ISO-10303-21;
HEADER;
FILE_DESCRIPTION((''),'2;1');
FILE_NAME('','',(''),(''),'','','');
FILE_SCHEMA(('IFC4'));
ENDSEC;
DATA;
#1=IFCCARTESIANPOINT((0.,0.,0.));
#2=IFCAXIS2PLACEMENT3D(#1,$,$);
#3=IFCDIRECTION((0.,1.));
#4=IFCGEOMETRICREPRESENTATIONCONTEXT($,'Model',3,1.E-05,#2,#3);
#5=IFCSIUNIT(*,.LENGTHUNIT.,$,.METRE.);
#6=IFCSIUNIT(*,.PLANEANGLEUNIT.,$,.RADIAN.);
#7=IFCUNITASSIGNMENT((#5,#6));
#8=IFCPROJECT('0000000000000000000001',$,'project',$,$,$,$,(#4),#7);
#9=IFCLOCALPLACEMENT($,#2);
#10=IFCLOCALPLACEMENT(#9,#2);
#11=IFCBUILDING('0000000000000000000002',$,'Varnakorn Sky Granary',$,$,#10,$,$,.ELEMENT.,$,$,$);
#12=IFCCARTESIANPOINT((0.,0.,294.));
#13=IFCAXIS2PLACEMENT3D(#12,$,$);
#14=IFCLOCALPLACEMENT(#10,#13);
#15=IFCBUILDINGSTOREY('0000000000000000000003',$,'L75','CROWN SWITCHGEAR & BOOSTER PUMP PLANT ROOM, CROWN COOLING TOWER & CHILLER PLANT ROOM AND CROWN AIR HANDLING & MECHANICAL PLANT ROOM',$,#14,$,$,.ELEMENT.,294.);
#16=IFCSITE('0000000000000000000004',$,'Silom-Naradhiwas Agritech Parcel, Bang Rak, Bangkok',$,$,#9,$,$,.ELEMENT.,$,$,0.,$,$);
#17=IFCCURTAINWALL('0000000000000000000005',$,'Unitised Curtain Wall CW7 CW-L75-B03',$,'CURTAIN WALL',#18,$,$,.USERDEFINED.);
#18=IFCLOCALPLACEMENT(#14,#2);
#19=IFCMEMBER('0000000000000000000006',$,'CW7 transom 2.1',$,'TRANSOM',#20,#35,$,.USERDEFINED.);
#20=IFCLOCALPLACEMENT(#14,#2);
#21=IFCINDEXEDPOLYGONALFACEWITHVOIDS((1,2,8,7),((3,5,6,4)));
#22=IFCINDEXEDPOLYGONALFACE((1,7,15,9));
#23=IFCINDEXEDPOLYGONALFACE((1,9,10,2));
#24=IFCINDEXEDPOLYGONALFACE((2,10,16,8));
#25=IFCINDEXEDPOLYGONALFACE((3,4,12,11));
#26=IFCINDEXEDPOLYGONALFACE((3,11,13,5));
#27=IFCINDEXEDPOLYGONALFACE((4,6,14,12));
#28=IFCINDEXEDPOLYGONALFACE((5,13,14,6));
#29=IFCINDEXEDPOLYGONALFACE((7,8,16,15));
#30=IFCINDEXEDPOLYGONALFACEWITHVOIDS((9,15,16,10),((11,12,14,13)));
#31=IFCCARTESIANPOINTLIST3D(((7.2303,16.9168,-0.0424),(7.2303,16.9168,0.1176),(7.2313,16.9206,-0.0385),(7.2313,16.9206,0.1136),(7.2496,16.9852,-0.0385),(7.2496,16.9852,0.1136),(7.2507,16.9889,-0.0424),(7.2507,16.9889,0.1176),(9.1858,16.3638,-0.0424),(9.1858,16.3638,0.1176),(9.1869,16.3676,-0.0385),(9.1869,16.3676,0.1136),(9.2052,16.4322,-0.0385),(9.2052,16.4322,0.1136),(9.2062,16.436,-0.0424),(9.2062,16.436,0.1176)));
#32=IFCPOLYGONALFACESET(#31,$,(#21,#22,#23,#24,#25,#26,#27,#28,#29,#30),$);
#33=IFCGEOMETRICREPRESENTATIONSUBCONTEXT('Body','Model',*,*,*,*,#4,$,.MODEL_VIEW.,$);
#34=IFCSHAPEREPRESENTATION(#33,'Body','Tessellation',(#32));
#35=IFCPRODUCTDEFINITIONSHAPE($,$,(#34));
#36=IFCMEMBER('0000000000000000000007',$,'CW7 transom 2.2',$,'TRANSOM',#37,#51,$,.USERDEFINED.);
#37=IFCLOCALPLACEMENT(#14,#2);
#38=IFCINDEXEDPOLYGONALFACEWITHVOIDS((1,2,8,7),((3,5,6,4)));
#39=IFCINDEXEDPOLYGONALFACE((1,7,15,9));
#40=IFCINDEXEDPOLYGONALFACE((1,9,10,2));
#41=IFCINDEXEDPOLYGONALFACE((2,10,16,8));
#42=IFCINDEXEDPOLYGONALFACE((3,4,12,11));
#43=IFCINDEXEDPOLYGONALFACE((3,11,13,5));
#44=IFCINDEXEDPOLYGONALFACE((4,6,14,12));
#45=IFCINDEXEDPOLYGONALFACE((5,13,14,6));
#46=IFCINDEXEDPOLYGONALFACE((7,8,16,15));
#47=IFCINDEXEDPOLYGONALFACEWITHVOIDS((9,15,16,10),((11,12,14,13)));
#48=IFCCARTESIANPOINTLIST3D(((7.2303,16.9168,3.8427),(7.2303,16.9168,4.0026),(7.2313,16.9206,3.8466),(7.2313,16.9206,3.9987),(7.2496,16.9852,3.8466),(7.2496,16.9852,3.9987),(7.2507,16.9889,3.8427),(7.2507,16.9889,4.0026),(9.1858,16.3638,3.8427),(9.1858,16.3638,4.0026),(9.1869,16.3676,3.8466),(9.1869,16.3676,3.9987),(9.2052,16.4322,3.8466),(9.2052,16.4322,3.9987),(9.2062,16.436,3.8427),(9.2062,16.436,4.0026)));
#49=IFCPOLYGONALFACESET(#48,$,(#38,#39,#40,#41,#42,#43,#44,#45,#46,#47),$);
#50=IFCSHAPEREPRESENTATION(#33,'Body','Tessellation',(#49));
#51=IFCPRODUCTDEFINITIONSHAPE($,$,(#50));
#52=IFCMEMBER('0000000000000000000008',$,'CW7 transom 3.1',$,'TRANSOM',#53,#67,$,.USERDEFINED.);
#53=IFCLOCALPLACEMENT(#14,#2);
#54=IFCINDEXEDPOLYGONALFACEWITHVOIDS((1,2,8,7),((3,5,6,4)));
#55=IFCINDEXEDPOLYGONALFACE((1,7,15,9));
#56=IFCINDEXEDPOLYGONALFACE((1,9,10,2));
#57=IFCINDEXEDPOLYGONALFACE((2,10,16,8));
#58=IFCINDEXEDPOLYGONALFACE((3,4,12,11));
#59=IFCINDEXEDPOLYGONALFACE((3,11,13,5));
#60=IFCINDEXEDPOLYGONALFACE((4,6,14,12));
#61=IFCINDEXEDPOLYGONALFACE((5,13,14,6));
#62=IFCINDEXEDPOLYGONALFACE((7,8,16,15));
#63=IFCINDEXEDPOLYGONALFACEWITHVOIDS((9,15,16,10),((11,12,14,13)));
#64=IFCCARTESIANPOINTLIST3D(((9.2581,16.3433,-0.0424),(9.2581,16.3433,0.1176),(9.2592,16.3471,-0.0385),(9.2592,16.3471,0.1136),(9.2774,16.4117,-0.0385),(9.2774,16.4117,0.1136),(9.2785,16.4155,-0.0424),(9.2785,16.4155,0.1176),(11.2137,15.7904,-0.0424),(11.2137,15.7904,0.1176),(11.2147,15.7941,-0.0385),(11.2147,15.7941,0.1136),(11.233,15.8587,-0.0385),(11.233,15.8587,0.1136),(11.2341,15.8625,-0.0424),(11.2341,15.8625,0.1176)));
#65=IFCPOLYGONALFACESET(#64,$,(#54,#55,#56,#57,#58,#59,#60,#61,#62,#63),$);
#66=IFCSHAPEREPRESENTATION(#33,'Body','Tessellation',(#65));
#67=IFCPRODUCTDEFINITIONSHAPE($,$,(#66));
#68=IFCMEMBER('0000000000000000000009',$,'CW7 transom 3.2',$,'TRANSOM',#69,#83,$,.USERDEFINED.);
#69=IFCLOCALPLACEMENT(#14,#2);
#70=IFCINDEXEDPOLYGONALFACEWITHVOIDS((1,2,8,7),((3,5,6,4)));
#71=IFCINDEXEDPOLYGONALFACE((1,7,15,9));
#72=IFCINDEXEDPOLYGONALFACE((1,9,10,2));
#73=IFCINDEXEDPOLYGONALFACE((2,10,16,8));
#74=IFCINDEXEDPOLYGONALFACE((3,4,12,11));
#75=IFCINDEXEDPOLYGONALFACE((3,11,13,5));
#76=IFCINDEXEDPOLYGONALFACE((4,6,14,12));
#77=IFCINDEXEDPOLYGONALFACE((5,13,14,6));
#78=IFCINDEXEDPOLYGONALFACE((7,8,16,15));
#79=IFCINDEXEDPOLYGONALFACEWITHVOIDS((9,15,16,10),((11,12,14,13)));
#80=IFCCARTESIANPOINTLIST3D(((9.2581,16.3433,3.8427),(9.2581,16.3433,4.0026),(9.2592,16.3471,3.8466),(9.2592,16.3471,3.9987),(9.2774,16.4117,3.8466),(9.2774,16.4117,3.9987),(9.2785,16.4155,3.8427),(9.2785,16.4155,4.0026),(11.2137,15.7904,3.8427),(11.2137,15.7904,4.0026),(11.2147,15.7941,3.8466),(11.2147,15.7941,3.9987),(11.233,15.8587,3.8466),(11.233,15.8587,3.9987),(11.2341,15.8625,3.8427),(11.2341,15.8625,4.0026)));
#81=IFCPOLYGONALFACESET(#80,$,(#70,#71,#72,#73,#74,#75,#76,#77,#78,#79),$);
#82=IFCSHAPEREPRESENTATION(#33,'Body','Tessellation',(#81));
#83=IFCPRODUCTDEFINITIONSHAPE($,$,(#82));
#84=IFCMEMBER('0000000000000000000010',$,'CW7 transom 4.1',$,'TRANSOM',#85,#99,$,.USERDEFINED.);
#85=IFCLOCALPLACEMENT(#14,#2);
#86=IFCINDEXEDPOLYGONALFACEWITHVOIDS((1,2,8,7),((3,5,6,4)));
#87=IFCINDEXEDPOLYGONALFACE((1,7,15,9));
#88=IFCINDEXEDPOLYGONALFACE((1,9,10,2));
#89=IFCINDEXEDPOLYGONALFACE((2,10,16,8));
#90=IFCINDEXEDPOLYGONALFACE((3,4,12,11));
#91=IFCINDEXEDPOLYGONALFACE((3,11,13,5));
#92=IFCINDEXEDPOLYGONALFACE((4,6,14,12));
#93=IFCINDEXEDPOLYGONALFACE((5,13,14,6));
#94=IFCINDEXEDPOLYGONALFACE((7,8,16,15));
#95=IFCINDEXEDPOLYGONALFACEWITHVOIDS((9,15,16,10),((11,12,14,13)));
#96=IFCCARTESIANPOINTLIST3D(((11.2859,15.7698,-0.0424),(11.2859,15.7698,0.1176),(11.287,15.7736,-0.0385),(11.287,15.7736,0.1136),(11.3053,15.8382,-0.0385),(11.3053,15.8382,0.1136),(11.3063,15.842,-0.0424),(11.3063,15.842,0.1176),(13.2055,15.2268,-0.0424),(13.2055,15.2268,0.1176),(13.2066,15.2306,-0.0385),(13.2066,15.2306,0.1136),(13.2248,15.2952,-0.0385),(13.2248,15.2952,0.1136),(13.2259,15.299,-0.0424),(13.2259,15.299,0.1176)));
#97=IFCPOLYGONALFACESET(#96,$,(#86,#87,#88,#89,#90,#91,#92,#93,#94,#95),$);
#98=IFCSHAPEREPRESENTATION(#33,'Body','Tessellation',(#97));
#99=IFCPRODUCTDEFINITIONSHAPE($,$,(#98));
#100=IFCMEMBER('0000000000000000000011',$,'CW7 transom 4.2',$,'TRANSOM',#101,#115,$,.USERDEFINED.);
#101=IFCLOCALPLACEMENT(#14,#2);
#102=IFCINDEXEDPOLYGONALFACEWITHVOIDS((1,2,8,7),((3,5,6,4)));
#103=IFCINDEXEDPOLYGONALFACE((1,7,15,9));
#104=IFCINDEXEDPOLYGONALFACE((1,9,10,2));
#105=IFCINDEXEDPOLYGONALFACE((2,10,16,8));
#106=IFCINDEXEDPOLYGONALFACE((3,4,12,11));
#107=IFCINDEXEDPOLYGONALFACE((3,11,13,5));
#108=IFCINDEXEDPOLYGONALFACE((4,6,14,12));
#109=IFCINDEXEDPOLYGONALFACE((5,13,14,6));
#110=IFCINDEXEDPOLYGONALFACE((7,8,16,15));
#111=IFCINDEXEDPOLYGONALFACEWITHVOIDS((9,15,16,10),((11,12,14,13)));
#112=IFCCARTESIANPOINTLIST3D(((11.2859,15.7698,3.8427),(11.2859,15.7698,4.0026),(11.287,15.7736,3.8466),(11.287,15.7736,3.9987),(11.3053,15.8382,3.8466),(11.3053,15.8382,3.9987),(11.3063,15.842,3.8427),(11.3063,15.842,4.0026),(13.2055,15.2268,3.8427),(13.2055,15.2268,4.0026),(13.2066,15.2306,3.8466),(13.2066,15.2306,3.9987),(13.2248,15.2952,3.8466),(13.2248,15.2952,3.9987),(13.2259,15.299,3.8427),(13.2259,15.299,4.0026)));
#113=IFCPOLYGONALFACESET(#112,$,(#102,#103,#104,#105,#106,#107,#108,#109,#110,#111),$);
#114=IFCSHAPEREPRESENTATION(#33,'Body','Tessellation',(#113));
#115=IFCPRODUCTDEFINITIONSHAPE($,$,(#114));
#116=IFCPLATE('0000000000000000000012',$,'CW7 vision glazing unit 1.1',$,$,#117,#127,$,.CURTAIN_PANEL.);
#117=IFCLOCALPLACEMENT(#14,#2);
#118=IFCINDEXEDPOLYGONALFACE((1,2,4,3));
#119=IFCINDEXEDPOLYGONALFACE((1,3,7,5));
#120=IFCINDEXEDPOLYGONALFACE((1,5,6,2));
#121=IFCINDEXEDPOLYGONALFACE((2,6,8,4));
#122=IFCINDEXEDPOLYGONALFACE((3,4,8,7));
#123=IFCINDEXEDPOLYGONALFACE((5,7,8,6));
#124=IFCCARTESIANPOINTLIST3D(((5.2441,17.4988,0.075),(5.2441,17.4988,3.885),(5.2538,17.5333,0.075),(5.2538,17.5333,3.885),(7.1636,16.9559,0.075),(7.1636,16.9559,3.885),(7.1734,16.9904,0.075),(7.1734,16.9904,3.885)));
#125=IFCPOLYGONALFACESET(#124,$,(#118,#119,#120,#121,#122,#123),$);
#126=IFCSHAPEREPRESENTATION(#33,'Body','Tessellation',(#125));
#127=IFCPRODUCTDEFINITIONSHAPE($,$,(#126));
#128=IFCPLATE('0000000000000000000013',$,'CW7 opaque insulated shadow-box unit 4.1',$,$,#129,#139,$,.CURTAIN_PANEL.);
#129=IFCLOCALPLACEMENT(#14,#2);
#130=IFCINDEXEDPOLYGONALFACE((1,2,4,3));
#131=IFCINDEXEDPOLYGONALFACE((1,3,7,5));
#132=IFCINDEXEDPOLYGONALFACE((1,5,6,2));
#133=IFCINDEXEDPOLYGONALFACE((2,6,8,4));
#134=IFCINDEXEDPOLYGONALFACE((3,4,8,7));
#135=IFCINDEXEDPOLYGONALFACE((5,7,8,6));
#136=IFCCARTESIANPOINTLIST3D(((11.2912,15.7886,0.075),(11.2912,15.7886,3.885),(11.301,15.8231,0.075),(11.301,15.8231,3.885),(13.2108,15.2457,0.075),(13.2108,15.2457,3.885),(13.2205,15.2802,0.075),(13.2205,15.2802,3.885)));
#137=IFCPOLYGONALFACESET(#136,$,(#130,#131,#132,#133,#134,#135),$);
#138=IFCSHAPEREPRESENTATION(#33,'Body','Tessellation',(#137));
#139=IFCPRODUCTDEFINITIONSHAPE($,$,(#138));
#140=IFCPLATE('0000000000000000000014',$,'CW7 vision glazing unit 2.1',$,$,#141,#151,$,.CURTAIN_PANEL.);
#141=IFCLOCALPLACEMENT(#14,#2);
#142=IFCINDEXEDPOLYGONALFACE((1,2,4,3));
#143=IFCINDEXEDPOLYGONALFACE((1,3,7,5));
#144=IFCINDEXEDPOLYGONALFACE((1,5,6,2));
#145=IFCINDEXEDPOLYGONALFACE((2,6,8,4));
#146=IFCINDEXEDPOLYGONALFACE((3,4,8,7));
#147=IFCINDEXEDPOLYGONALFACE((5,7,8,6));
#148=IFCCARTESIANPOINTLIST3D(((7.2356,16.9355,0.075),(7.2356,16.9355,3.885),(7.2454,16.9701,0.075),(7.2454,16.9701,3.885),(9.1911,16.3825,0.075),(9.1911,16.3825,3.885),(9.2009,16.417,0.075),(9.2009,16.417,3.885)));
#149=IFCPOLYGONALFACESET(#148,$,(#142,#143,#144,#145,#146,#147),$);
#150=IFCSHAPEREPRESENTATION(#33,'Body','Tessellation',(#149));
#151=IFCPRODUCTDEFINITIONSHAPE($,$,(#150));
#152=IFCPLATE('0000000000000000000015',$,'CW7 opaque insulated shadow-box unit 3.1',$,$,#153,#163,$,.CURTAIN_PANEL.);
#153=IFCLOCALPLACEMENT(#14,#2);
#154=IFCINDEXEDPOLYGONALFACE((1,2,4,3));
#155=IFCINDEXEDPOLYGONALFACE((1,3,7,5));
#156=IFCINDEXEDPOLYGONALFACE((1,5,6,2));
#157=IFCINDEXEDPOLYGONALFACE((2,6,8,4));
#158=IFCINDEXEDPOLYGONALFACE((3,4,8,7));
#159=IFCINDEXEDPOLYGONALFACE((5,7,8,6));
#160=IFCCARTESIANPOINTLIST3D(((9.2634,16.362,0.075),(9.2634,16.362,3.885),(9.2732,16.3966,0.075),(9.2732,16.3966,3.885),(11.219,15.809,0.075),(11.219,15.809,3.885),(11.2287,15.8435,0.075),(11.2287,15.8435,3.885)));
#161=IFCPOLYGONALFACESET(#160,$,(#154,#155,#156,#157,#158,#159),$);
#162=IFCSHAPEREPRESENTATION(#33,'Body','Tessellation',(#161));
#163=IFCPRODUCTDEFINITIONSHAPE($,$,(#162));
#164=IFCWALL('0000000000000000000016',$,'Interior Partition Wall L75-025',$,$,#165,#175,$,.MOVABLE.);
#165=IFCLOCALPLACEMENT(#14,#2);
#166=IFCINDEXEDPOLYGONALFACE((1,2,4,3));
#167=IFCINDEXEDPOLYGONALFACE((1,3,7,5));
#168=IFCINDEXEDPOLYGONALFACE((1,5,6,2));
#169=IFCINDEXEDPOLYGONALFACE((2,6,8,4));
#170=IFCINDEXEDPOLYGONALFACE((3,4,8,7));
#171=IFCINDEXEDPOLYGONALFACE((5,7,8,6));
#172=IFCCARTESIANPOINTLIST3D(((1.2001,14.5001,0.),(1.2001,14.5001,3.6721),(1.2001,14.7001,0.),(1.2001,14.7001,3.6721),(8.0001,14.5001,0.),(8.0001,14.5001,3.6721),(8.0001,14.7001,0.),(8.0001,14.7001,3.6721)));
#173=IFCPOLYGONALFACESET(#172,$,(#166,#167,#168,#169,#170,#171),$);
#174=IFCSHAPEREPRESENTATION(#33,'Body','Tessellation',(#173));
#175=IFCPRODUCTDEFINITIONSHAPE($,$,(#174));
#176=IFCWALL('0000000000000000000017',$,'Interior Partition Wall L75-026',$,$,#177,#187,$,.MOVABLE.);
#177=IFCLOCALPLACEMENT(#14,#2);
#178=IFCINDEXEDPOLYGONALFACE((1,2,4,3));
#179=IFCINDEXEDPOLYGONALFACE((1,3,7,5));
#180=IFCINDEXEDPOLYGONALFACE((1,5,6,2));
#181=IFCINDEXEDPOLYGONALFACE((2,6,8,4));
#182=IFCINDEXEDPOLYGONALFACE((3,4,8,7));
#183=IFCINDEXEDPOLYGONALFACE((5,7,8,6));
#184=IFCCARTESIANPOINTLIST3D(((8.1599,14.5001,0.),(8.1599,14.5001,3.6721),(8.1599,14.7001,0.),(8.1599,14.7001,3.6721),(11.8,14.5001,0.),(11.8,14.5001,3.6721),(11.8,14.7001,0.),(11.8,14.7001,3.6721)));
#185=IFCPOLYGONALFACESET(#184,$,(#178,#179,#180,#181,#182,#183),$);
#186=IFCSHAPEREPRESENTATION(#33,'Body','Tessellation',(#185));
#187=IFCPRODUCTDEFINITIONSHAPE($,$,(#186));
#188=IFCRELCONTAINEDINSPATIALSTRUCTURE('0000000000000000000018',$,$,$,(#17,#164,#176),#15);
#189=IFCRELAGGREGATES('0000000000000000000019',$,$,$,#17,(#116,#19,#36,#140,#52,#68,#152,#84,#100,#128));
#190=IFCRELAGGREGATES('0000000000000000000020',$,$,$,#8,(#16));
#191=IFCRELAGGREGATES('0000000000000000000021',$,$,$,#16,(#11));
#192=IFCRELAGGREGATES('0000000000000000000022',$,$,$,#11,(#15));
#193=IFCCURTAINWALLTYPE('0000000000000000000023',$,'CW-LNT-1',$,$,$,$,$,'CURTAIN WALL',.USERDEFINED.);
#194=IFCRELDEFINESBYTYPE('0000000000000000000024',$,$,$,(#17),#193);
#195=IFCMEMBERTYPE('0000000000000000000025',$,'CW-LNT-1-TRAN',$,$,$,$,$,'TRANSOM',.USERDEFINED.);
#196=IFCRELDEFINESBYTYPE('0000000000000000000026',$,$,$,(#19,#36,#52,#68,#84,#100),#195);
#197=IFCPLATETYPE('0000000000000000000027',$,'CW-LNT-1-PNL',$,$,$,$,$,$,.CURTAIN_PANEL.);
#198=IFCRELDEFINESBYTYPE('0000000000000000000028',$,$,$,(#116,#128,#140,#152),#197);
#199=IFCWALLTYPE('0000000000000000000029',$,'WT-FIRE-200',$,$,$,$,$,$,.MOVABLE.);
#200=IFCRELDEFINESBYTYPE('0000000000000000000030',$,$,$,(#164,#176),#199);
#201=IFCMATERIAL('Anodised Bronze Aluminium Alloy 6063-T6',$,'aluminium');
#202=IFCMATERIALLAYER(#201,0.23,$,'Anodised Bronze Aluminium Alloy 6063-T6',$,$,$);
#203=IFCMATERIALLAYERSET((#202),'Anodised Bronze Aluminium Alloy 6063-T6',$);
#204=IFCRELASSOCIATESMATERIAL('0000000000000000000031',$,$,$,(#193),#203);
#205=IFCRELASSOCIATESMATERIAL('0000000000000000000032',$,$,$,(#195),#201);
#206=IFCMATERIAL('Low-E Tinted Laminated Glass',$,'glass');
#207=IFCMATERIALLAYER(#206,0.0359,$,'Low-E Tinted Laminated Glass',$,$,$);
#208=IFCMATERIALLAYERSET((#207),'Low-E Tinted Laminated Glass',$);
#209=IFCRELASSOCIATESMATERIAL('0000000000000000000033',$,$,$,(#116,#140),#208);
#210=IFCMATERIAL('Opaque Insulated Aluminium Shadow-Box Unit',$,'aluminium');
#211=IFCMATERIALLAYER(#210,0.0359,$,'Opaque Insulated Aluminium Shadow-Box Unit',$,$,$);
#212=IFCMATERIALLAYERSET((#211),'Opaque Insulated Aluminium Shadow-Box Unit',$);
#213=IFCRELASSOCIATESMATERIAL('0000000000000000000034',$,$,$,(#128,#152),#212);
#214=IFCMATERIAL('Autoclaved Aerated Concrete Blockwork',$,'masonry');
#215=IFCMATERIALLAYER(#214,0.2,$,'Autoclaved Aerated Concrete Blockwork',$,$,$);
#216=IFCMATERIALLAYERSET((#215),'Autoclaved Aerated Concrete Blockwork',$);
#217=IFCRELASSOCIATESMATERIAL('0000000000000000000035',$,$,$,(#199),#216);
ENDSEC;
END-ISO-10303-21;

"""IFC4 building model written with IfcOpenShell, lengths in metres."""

from ifc_helpers import new_model, si_unit, direction, frame, frame_2d, origin, origin_2d, place, context, subcontext, project, spatial, rectangle, hollow_rectangle, extrude, source, transform, mapped, material, layer, layer_set, material_profile, profile_set, type_object, type_shapes, element, aggregate, save


model = new_model("IFC4")

# Units and contexts
model_context = context("Model", 3, precision=1e-05, world=origin(), true_north=direction((0.0, 1.0)))
body_context = subcontext(model_context, "Body", "Model", "MODEL_VIEW")
ifc_project = project(units=[si_unit("LENGTHUNIT", "METRE"), si_unit("PLANEANGLEUNIT", "RADIAN")], contexts=[model_context])

# Site, building, storey
site_placement = place(None, origin())
site = spatial("IfcSite", under=ifc_project, at=site_placement, Name="Silom-Naradhiwas Agritech Parcel, Bang Rak, Bangkok", CompositionType="ELEMENT", RefElevation=0.0)
building_placement = place(site_placement, origin())
building = spatial("IfcBuilding", under=site, at=building_placement, Name="Varnakorn Sky Granary", CompositionType="ELEMENT")
storey_placement = place(building_placement, frame((0.0, 0.0, 294.0)))
storey = spatial("IfcBuildingStorey", under=building, at=storey_placement, Name="L75", Description="CROWN SWITCHGEAR & BOOSTER PUMP PLANT ROOM, CROWN COOLING TOWER & CHILLER PLANT ROOM AND CROWN AIR HANDLING & MECHANICAL PLANT ROOM", CompositionType="ELEMENT", Elevation=294.0)

# Curtain wall, members, plates
ifc_material_1 = material(Name="Anodised Bronze Aluminium Alloy 6063-T6", Category="aluminium")
ifc_layer_1 = layer(ifc_material_1, 0.23, Name="Anodised Bronze Aluminium Alloy 6063-T6")
ifc_layer_set_1 = layer_set([ifc_layer_1], Name="Anodised Bronze Aluminium Alloy 6063-T6")
curtain_wall_type = type_object("IfcCurtainWallType", Name="CW-LNT-1", ElementType="CURTAIN WALL", PredefinedType="USERDEFINED", material=ifc_layer_set_1)
curtain_wall_placement = place(storey_placement, origin())
curtain_wall = element("IfcCurtainWall", 1, at=curtain_wall_placement, inside=storey, type_object=curtain_wall_type, Name="Unitised Curtain Wall CW7 CW-L75-B03", ObjectType="CURTAIN WALL", PredefinedType="USERDEFINED")
ifc_material_profile_1 = material_profile(ifc_material_1, hollow_rectangle(XDim=0.075, YDim=0.1599, WallThickness=0.0039, at=origin_2d()), Name="ALU TRAN 75x160")
ifc_profile_set_1 = profile_set([ifc_material_profile_1], Name="Anodised Bronze Aluminium Alloy 6063-T6")
member_type_1 = type_object("IfcMemberType", Name="CW-LNT-1-TRAN", ElementType="TRANSOM", PredefinedType="USERDEFINED", material=ifc_profile_set_1)
member_1_placement = place(storey_placement, frame((7.2405, 16.9529, 0.0376), z_axis=(0.962268, -0.272102, 0.0), x_axis=(0.272102, 0.962268, 0.0)))
member_1 = element("IfcMember", 2, at=member_1_placement, type_object=member_type_1, Name="CW7 transom 2.1", ObjectType="TRANSOM", PredefinedType="USERDEFINED", context=body_context, shape_type="SweptSolid", body=[
    extrude(hollow_rectangle(XDim=0.075, YDim=0.1599, WallThickness=0.0039, at=origin_2d()), origin(), (0.0, 0.0, 1.0), 2.0322),
])
member_2_placement = place(storey_placement, frame((7.2405, 16.9529, 3.9226), z_axis=(0.962268, -0.272102, 0.0), x_axis=(0.272102, 0.962268, 0.0)))
member_2 = element("IfcMember", 3, at=member_2_placement, type_object=member_type_1, Name="CW7 transom 2.2", ObjectType="TRANSOM", PredefinedType="USERDEFINED", context=body_context, shape_type="SweptSolid", body=[
    extrude(hollow_rectangle(XDim=0.075, YDim=0.1599, WallThickness=0.0039, at=origin_2d()), origin(), (0.0, 0.0, 1.0), 2.0322),
])
member_3_placement = place(storey_placement, frame((9.2683, 16.3794, 0.0376), z_axis=(0.962268, -0.272102, 0.0), x_axis=(0.272102, 0.962268, 0.0)))
member_3 = element("IfcMember", 4, at=member_3_placement, type_object=member_type_1, Name="CW7 transom 3.1", ObjectType="TRANSOM", PredefinedType="USERDEFINED", context=body_context, shape_type="SweptSolid", body=[
    extrude(hollow_rectangle(XDim=0.075, YDim=0.1599, WallThickness=0.0039, at=origin_2d()), origin(), (0.0, 0.0, 1.0), 2.0322),
])
member_4_placement = place(storey_placement, frame((9.2683, 16.3794, 3.9226), z_axis=(0.962268, -0.272102, 0.0), x_axis=(0.272102, 0.962268, 0.0)))
member_4 = element("IfcMember", 5, at=member_4_placement, type_object=member_type_1, Name="CW7 transom 3.2", ObjectType="TRANSOM", PredefinedType="USERDEFINED", context=body_context, shape_type="SweptSolid", body=[
    extrude(hollow_rectangle(XDim=0.075, YDim=0.1599, WallThickness=0.0039, at=origin_2d()), origin(), (0.0, 0.0, 1.0), 2.0322),
])
member_5_placement = place(storey_placement, frame((11.2961, 15.8059, 0.0376), z_axis=(0.962241, -0.272198, 0.0), x_axis=(0.272198, 0.962241, 0.0)))
member_5 = element("IfcMember", 6, at=member_5_placement, type_object=member_type_1, Name="CW7 transom 4.1", ObjectType="TRANSOM", PredefinedType="USERDEFINED", context=body_context, shape_type="SweptSolid", body=[
    extrude(hollow_rectangle(XDim=0.075, YDim=0.1599, WallThickness=0.0039, at=origin_2d()), origin(), (0.0, 0.0, 1.0), 1.9949),
])
member_6_placement = place(storey_placement, frame((11.2961, 15.8059, 3.9226), z_axis=(0.962241, -0.272198, 0.0), x_axis=(0.272198, 0.962241, 0.0)))
member_6 = element("IfcMember", 7, at=member_6_placement, type_object=member_type_1, Name="CW7 transom 4.2", ObjectType="TRANSOM", PredefinedType="USERDEFINED", context=body_context, shape_type="SweptSolid", body=[
    extrude(hollow_rectangle(XDim=0.075, YDim=0.1599, WallThickness=0.0039, at=origin_2d()), origin(), (0.0, 0.0, 1.0), 1.9949),
])
ifc_material_2 = material(Name="Low-E Tinted Laminated Glass", Category="glass")
ifc_layer_2 = layer(ifc_material_2, 0.0359, Name="Low-E Tinted Laminated Glass")
ifc_layer_set_2 = layer_set([ifc_layer_2], Name="Low-E Tinted Laminated Glass")
plate_type = type_object("IfcPlateType", Name="CW-LNT-1-PNL", PredefinedType="CURTAIN_PANEL")
shared_shape_1 = source(origin(), body_context, "Body", "SweptSolid", [
    extrude(rectangle(XDim=1.9949, YDim=0.0359, at=origin_2d()), origin(), (0.0, 0.0, 1.0), 3.8101),
])
plate_1_placement = place(storey_placement, frame((6.2087, 17.2446, 0.075), z_axis=(0.0, 0.0, 1.0), x_axis=(0.962256, -0.272147, 0.0)))
plate_1 = element("IfcPlate", 8, at=plate_1_placement, type_object=plate_type, material=ifc_layer_set_2, Name="CW7 vision glazing unit 1.1", PredefinedType="CURTAIN_PANEL", context=body_context, shape_type="MappedRepresentation", body=[
    mapped(shared_shape_1, transform((0.0, 0.0, 0.0), x_axis=(1.0, 0.0, 0.0), y_axis=(0.0, 1.0, 0.0), z_axis=(0.0, 0.0, 1.0), scale=1.0)),
])
ifc_material_3 = material(Name="Opaque Insulated Aluminium Shadow-Box Unit", Category="aluminium")
ifc_layer_3 = layer(ifc_material_3, 0.0359, Name="Opaque Insulated Aluminium Shadow-Box Unit")
ifc_layer_set_3 = layer_set([ifc_layer_3], Name="Opaque Insulated Aluminium Shadow-Box Unit")
plate_2_placement = place(storey_placement, frame((12.2559, 15.5344, 0.075), z_axis=(0.0, 0.0, 1.0), x_axis=(0.962256, -0.272147, 0.0)))
plate_2 = element("IfcPlate", 9, at=plate_2_placement, type_object=plate_type, material=ifc_layer_set_3, Name="CW7 opaque insulated shadow-box unit 4.1", PredefinedType="CURTAIN_PANEL", context=body_context, shape_type="MappedRepresentation", body=[
    mapped(shared_shape_1, transform((0.0, 0.0, 0.0), x_axis=(1.0, 0.0, 0.0), y_axis=(0.0, 1.0, 0.0), z_axis=(0.0, 0.0, 1.0), scale=1.0)),
])
shared_shape_2 = source(origin(), body_context, "Body", "SweptSolid", [
    extrude(rectangle(XDim=2.0322, YDim=0.0359, at=origin_2d()), origin(), (0.0, 0.0, 1.0), 3.8101),
])
type_shapes(plate_type, [shared_shape_1, shared_shape_2])
plate_3_placement = place(storey_placement, frame((8.2183, 16.6763, 0.075), z_axis=(0.0, 0.0, 1.0), x_axis=(0.962256, -0.272147, 0.0)))
plate_3 = element("IfcPlate", 10, at=plate_3_placement, type_object=plate_type, material=ifc_layer_set_2, Name="CW7 vision glazing unit 2.1", PredefinedType="CURTAIN_PANEL", context=body_context, shape_type="MappedRepresentation", body=[
    mapped(shared_shape_2, transform((0.0, 0.0, 0.0), x_axis=(1.0, 0.0, 0.0), y_axis=(0.0, 1.0, 0.0), z_axis=(0.0, 0.0, 1.0), scale=1.0)),
])
plate_4_placement = place(storey_placement, frame((10.2461, 16.1028, 0.075), z_axis=(0.0, 0.0, 1.0), x_axis=(0.962256, -0.272147, 0.0)))
plate_4 = element("IfcPlate", 11, at=plate_4_placement, type_object=plate_type, material=ifc_layer_set_3, Name="CW7 opaque insulated shadow-box unit 3.1", PredefinedType="CURTAIN_PANEL", context=body_context, shape_type="MappedRepresentation", body=[
    mapped(shared_shape_2, transform((0.0, 0.0, 0.0), x_axis=(1.0, 0.0, 0.0), y_axis=(0.0, 1.0, 0.0), z_axis=(0.0, 0.0, 1.0), scale=1.0)),
])
aggregate(curtain_wall, [plate_1, member_1, member_2, plate_3, member_3, member_4, plate_4, member_5, member_6, plate_2])

# Walls
ifc_material_4 = material(Name="Autoclaved Aerated Concrete Blockwork", Category="masonry")
ifc_layer_4 = layer(ifc_material_4, 0.2, Name="Autoclaved Aerated Concrete Blockwork")
ifc_layer_set_4 = layer_set([ifc_layer_4], Name="Autoclaved Aerated Concrete Blockwork")
wall_type = type_object("IfcWallType", Name="WT-FIRE-200", PredefinedType="MOVABLE", material=ifc_layer_set_4)
wall_1_placement = place(storey_placement, frame((8.0, 14.6001, 0.0), z_axis=(0.0, 0.0, 1.0), x_axis=(-1.0, 0.0, 0.0)))
element("IfcWall", 12, at=wall_1_placement, inside=storey, type_object=wall_type, Name="Interior Partition Wall L75-025", PredefinedType="MOVABLE", context=body_context, shape_type="SweptSolid", body=[
    extrude(rectangle(XDim=6.8, YDim=0.2, at=frame_2d((3.3999, 0.0))), origin(), (0.0, 0.0, 1.0), 3.6721),
])
wall_2_placement = place(storey_placement, frame((11.8, 14.6001, 0.0), z_axis=(0.0, 0.0, 1.0), x_axis=(-1.0, 0.0, 0.0)))
element("IfcWall", 13, at=wall_2_placement, inside=storey, type_object=wall_type, Name="Interior Partition Wall L75-026", PredefinedType="MOVABLE", context=body_context, shape_type="SweptSolid", body=[
    extrude(rectangle(XDim=3.6401, YDim=0.2, at=frame_2d((1.8201, 0.0))), origin(), (0.0, 0.0, 1.0), 3.6721),
])

save(model, "model.ifc")
